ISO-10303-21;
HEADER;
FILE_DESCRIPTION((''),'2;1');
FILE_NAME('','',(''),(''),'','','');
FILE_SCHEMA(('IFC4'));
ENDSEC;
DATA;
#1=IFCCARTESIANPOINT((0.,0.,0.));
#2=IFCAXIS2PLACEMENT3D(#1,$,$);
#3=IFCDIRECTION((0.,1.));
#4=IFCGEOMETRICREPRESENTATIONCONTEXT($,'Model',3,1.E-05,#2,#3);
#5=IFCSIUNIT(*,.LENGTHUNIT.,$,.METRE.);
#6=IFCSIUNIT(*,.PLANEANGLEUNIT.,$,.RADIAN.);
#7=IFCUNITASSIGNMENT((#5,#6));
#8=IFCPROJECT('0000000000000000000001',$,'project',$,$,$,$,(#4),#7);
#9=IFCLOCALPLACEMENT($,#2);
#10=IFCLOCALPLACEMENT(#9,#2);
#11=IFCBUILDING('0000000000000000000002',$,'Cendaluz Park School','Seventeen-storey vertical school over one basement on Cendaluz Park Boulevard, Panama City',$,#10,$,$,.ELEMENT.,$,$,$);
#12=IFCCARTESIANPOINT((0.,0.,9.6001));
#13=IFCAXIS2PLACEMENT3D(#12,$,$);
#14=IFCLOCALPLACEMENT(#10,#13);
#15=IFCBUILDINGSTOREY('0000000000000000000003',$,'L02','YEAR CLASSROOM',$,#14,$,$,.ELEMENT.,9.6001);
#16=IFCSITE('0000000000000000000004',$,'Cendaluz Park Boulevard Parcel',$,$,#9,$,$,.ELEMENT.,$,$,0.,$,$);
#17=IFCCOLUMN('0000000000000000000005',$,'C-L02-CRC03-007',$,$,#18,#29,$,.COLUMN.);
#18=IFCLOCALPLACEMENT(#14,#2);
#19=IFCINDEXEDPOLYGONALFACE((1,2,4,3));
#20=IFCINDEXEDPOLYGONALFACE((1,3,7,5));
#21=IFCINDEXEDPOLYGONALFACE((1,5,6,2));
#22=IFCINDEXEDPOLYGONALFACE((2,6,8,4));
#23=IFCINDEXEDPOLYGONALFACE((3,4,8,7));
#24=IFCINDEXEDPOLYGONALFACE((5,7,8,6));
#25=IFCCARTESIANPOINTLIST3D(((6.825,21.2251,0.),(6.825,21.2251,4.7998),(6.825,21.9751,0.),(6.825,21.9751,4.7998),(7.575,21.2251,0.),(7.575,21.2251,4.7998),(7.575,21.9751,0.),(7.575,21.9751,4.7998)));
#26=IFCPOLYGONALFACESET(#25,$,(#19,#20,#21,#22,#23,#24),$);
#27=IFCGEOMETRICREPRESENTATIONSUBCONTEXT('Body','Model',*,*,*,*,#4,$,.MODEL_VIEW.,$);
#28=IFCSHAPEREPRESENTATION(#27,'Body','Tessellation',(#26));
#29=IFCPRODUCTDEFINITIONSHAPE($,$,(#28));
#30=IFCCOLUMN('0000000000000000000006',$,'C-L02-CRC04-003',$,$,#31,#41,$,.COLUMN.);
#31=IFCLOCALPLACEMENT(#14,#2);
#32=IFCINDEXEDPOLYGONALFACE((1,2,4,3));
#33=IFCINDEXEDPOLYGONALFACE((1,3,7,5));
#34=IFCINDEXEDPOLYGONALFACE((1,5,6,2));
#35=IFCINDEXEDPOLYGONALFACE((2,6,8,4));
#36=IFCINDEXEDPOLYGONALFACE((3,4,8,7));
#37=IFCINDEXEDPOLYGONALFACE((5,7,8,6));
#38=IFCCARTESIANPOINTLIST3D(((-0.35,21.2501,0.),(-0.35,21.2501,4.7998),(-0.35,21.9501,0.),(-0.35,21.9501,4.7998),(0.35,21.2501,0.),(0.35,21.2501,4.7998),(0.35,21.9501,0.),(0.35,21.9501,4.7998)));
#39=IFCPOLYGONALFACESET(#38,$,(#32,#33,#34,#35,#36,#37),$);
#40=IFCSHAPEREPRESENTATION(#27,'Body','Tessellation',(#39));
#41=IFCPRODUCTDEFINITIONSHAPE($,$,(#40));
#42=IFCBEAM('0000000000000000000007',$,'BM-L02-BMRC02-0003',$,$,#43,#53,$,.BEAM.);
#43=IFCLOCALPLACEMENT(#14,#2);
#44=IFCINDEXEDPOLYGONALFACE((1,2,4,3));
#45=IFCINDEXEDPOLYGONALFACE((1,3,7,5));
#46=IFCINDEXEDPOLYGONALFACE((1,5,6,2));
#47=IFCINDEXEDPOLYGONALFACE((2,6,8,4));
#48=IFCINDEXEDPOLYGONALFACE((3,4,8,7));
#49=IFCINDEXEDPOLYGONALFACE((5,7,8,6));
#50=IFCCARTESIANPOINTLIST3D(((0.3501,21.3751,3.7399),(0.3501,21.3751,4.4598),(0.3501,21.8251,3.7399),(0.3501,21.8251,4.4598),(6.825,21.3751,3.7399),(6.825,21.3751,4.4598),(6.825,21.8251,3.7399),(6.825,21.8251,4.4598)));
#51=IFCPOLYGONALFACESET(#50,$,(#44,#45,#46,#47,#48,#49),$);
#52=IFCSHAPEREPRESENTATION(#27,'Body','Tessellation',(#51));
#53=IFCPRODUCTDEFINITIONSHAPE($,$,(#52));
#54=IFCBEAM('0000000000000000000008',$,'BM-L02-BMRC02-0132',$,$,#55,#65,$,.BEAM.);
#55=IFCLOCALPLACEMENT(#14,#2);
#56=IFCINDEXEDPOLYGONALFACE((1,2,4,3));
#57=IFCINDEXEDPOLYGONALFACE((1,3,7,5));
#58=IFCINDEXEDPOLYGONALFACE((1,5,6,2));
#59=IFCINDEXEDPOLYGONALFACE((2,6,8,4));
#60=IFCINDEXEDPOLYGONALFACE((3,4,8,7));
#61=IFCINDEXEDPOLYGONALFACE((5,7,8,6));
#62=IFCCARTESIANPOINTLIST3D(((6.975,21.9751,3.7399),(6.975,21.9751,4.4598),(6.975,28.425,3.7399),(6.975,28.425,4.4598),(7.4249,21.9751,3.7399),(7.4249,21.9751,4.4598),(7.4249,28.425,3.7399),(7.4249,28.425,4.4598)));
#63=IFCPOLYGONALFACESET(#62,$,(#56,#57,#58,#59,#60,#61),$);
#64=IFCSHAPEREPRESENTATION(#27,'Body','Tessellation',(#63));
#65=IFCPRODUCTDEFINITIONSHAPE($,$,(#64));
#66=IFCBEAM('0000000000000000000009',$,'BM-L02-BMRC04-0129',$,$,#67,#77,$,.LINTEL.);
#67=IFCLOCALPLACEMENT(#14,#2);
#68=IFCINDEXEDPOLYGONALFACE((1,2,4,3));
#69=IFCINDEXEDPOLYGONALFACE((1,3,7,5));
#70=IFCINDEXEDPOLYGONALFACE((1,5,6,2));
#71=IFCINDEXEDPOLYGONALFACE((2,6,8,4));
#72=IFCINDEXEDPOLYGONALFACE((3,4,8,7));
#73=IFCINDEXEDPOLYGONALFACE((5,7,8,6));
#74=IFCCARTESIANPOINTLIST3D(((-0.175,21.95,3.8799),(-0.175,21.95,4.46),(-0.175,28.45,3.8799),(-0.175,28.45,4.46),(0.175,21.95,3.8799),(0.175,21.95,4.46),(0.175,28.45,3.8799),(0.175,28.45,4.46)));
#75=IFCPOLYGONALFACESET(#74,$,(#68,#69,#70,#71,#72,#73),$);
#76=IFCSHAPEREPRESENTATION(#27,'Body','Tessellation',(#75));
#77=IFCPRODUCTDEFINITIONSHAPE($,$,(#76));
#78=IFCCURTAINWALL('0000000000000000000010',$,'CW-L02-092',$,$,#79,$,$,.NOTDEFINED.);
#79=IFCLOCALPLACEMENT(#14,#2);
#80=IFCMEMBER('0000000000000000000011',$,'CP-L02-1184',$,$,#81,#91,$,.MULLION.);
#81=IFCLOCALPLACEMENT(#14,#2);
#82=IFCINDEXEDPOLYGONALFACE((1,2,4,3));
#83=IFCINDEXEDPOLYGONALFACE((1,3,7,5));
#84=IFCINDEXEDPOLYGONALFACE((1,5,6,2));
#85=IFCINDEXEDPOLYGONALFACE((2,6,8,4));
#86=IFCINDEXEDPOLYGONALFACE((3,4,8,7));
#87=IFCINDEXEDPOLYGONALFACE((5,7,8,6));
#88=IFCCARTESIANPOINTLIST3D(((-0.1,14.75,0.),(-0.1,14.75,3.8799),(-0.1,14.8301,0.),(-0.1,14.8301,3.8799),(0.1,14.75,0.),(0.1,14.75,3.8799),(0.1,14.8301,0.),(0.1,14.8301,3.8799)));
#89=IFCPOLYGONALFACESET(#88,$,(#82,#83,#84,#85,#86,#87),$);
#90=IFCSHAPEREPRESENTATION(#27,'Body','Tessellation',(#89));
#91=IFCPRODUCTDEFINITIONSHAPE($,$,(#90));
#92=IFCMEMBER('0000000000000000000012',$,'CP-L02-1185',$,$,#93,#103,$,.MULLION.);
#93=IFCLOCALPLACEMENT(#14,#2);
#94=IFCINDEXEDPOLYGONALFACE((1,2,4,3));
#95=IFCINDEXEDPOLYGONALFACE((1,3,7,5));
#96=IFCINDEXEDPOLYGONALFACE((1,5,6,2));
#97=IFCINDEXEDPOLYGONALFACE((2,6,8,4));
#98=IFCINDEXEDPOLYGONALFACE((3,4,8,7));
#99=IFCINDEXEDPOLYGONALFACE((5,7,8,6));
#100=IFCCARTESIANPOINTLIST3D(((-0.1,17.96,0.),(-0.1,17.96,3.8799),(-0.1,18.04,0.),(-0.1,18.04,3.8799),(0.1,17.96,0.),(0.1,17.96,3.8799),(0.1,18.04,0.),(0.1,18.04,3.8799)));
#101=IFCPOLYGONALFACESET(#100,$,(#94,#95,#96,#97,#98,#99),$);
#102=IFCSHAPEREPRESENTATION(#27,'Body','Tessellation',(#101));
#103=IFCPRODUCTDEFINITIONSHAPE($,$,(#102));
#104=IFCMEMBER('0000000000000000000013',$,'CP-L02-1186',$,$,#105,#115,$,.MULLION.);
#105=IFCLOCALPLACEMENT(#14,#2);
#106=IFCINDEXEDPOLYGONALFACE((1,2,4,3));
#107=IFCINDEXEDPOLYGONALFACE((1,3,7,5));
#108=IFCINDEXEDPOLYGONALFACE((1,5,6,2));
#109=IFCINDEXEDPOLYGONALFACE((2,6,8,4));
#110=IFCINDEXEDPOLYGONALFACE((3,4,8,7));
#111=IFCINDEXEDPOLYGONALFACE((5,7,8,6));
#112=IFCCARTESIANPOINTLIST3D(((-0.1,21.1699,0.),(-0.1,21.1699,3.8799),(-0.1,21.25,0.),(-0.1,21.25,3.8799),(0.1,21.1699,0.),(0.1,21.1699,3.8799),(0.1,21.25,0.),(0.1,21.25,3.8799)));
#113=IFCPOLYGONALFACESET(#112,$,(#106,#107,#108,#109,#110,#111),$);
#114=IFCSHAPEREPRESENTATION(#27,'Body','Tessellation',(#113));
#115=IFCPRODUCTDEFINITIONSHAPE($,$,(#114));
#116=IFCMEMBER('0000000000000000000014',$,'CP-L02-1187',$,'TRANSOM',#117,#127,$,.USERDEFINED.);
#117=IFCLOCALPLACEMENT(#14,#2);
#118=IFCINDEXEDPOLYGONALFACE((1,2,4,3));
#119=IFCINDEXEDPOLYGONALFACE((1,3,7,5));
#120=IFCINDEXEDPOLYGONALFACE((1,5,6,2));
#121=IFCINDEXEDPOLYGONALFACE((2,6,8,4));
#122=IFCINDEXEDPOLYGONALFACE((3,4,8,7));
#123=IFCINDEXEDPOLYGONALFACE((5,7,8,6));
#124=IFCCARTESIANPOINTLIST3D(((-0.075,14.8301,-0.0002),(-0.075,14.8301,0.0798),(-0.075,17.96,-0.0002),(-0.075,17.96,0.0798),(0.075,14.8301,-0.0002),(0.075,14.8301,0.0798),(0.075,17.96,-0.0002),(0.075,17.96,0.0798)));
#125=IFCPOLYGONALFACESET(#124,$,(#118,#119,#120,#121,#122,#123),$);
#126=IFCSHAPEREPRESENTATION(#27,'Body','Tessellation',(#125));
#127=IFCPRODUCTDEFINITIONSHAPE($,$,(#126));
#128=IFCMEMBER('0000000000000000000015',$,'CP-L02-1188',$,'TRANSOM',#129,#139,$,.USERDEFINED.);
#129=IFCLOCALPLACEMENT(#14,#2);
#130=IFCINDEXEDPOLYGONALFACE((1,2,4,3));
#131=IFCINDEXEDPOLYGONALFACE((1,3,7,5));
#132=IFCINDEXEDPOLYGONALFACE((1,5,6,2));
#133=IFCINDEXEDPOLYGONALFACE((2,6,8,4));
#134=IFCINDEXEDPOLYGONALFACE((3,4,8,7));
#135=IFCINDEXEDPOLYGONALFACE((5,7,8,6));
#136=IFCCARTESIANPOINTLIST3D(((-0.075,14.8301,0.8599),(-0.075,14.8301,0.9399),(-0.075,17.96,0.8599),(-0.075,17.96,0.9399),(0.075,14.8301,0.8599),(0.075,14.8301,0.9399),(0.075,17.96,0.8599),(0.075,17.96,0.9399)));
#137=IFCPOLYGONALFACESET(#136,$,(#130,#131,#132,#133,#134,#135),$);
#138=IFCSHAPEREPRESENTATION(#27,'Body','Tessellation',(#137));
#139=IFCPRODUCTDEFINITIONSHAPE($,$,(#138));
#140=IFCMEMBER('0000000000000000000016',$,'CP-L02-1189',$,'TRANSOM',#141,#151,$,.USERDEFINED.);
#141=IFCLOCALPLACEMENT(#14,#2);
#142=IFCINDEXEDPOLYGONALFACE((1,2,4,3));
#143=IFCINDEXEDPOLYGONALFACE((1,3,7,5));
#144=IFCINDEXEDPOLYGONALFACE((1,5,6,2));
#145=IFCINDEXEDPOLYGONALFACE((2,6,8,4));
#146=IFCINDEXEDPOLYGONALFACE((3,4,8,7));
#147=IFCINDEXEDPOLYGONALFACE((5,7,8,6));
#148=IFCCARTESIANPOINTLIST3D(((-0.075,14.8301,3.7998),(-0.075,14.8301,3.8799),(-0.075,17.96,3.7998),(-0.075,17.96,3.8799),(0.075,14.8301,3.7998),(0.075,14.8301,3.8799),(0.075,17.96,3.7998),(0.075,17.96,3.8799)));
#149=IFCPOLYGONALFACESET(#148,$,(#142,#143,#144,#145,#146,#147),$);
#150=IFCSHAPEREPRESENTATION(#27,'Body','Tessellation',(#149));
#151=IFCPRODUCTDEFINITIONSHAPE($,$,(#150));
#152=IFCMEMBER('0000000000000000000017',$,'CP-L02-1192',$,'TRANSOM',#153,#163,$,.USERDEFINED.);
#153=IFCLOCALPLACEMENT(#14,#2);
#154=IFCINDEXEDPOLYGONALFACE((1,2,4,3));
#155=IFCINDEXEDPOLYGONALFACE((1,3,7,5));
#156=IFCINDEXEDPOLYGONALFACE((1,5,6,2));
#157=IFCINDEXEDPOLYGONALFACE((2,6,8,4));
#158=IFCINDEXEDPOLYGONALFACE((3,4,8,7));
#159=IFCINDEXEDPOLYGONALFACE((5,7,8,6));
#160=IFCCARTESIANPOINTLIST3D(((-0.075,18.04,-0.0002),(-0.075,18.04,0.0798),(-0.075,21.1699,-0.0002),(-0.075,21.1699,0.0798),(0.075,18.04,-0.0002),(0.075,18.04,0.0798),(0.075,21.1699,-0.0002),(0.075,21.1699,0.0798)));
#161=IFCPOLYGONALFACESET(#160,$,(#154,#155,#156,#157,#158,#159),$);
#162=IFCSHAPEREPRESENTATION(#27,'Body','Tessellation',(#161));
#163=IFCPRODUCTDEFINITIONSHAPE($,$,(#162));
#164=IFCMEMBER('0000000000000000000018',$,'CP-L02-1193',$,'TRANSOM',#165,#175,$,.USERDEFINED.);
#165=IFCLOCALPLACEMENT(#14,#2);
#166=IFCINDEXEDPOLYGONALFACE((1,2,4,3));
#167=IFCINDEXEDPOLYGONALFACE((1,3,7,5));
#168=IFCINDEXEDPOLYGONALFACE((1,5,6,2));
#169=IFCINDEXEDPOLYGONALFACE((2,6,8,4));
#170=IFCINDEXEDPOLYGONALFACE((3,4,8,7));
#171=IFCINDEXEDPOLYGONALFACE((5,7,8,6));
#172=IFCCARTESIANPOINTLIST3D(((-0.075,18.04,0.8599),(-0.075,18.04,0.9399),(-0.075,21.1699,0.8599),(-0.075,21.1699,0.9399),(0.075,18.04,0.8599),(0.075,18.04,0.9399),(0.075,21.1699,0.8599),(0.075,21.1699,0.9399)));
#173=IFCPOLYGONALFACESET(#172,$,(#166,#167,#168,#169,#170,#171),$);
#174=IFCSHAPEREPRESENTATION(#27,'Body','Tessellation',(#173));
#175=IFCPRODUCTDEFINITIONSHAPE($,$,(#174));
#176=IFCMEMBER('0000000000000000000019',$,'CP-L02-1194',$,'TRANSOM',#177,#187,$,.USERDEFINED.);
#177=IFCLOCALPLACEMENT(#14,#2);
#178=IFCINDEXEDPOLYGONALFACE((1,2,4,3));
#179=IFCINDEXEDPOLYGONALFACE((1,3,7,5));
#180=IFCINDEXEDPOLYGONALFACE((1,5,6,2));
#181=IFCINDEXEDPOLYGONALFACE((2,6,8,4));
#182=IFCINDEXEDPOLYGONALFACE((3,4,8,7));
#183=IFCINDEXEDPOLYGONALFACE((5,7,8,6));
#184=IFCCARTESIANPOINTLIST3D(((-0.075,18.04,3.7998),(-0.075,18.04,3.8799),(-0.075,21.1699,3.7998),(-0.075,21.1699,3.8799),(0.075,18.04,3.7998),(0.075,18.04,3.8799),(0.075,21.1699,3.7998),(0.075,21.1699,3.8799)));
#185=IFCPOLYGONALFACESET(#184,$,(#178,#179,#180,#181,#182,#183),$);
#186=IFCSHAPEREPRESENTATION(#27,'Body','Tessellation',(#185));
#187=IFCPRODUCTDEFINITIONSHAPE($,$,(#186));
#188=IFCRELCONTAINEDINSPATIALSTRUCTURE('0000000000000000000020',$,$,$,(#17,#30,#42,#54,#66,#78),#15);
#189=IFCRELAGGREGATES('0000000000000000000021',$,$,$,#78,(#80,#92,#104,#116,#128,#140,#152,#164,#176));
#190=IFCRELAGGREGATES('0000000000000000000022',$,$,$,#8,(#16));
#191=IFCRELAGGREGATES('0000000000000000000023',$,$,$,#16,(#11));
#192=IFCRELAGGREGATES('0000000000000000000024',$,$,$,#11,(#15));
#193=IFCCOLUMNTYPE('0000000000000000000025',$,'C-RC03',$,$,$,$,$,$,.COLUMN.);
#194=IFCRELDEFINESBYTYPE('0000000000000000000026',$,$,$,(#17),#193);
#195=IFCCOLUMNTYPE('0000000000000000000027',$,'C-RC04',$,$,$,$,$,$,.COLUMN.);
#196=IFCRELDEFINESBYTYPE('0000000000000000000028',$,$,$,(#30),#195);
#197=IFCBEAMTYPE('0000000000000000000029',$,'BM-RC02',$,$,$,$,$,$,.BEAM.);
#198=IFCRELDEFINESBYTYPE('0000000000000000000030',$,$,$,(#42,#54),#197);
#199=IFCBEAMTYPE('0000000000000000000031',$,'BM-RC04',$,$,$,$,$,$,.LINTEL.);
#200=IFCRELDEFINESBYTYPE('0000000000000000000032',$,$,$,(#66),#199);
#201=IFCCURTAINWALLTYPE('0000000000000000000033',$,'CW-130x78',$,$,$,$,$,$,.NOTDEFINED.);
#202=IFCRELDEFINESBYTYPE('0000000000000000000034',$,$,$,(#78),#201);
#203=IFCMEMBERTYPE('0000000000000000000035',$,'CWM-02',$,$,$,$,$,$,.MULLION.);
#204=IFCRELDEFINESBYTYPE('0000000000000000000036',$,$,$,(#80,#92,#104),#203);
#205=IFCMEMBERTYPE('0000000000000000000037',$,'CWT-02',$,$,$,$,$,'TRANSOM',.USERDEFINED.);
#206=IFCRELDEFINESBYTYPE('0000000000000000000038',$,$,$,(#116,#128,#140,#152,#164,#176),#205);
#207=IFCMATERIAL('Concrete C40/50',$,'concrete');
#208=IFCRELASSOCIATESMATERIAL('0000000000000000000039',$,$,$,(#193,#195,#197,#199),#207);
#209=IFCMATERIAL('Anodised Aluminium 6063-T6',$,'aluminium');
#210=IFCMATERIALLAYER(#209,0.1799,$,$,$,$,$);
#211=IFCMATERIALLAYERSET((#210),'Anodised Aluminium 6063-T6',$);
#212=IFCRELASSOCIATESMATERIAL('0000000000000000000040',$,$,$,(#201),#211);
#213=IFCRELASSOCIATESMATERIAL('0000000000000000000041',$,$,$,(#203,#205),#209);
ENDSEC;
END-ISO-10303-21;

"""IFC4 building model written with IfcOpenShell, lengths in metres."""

from ifc_helpers import new_model, si_unit, direction, frame, origin, origin_2d, place, context, subcontext, project, spatial, rectangle, extrude, material, layer, layer_set, material_profile, profile_set, type_object, element, aggregate, save


model = new_model("IFC4")

# Units and contexts
model_context = context("Model", 3, precision=1e-05, world=origin(), true_north=direction((0.0, 1.0)))
body_context = subcontext(model_context, "Body", "Model", "MODEL_VIEW")
ifc_project = project(units=[si_unit("LENGTHUNIT", "METRE"), si_unit("PLANEANGLEUNIT", "RADIAN")], contexts=[model_context])

# Site, building, storey
site_placement = place(None, origin())
site = spatial("IfcSite", under=ifc_project, at=site_placement, Name="Cendaluz Park Boulevard Parcel", CompositionType="ELEMENT", RefElevation=0.0)
building_placement = place(site_placement, origin())
building = spatial("IfcBuilding", under=site, at=building_placement, Name="Cendaluz Park School", Description="Seventeen-storey vertical school over one basement on Cendaluz Park Boulevard, Panama City", CompositionType="ELEMENT")
storey_placement = place(building_placement, frame((0.0, 0.0, 9.6001)))
storey = spatial("IfcBuildingStorey", under=building, at=storey_placement, Name="L02", Description="YEAR CLASSROOM", CompositionType="ELEMENT", Elevation=9.6001)

# Columns
ifc_material_1 = material(Name="Concrete C40/50", Category="concrete")
ifc_material_profile_1 = material_profile(ifc_material_1, rectangle(XDim=0.75, YDim=0.75, at=origin_2d()), Name="RC 750x750", Category="concrete")
ifc_profile_set_1 = profile_set([ifc_material_profile_1], Name="Concrete C40/50")
column_type_1 = type_object("IfcColumnType", Name="C-RC03", PredefinedType="COLUMN", material=ifc_profile_set_1)
column_1_placement = place(storey_placement, frame((7.2, 21.6001, 0.0), z_axis=(0.0, 0.0, 1.0), x_axis=(1.0, 0.0, 0.0)))
element("IfcColumn", 1, at=column_1_placement, inside=storey, type_object=column_type_1, Name="C-L02-CRC03-007", PredefinedType="COLUMN", context=body_context, shape_type="SweptSolid", body=[
    extrude(rectangle(XDim=0.75, YDim=0.75, at=origin_2d()), origin(), (0.0, 0.0, 1.0), 4.7998),
])
ifc_material_profile_2 = material_profile(ifc_material_1, rectangle(XDim=0.7, YDim=0.7, at=origin_2d()), Name="RC 700x700", Category="concrete")
ifc_profile_set_2 = profile_set([ifc_material_profile_2], Name="Concrete C40/50")
column_type_2 = type_object("IfcColumnType", Name="C-RC04", PredefinedType="COLUMN", material=ifc_profile_set_2)
column_2_placement = place(storey_placement, frame((0.0, 21.6001, 0.0), z_axis=(0.0, 0.0, 1.0), x_axis=(1.0, 0.0, 0.0)))
element("IfcColumn", 2, at=column_2_placement, inside=storey, type_object=column_type_2, Name="C-L02-CRC04-003", PredefinedType="COLUMN", context=body_context, shape_type="SweptSolid", body=[
    extrude(rectangle(XDim=0.7, YDim=0.7, at=origin_2d()), origin(), (0.0, 0.0, 1.0), 4.7998),
])

# Beams
ifc_material_profile_3 = material_profile(ifc_material_1, rectangle(XDim=0.45, YDim=0.72, at=origin_2d()), Name="RC 450x720", Category="concrete")
ifc_profile_set_3 = profile_set([ifc_material_profile_3], Name="Concrete C40/50")
beam_type_1 = type_object("IfcBeamType", Name="BM-RC02", PredefinedType="BEAM", material=ifc_profile_set_3)
beam_1_placement = place(storey_placement, frame((0.3501, 21.6001, 4.0999), z_axis=(1.0, 0.0, 0.0), x_axis=(0.0, 1.0, 0.0)))
element("IfcBeam", 3, at=beam_1_placement, inside=storey, type_object=beam_type_1, Name="BM-L02-BMRC02-0003", PredefinedType="BEAM", context=body_context, shape_type="SweptSolid", body=[
    extrude(rectangle(XDim=0.45, YDim=0.72, at=origin_2d()), origin(), (0.0, 0.0, 1.0), 6.4749),
])
beam_2_placement = place(storey_placement, frame((7.2, 21.9751, 4.0999), z_axis=(0.0, 1.0, 0.0), x_axis=(-1.0, 0.0, 0.0)))
element("IfcBeam", 4, at=beam_2_placement, inside=storey, type_object=beam_type_1, Name="BM-L02-BMRC02-0132", PredefinedType="BEAM", context=body_context, shape_type="SweptSolid", body=[
    extrude(rectangle(XDim=0.45, YDim=0.72, at=origin_2d()), origin(), (0.0, 0.0, 1.0), 6.45),
])
ifc_material_profile_4 = material_profile(ifc_material_1, rectangle(XDim=0.3501, YDim=0.5801, at=origin_2d()), Name="RC 350x580", Category="concrete")
ifc_profile_set_4 = profile_set([ifc_material_profile_4], Name="Concrete C40/50")
beam_type_2 = type_object("IfcBeamType", Name="BM-RC04", PredefinedType="LINTEL", material=ifc_profile_set_4)
beam_3_placement = place(storey_placement, frame((0.0, 21.95, 4.1699), z_axis=(0.0, 1.0, 0.0), x_axis=(-1.0, 0.0, 0.0)))
element("IfcBeam", 5, at=beam_3_placement, inside=storey, type_object=beam_type_2, Name="BM-L02-BMRC04-0129", PredefinedType="LINTEL", context=body_context, shape_type="SweptSolid", body=[
    extrude(rectangle(XDim=0.3501, YDim=0.5801, at=origin_2d()), origin(), (0.0, 0.0, 1.0), 6.5),
])

# Curtain wall, members
ifc_material_2 = material(Name="Anodised Aluminium 6063-T6", Category="aluminium")
ifc_layer_1 = layer(ifc_material_2, 0.1799)
ifc_layer_set_1 = layer_set([ifc_layer_1], Name="Anodised Aluminium 6063-T6")
curtain_wall_type = type_object("IfcCurtainWallType", Name="CW-130x78", PredefinedType="NOTDEFINED", material=ifc_layer_set_1)
curtain_wall_placement = place(storey_placement, origin())
curtain_wall = element("IfcCurtainWall", 6, at=curtain_wall_placement, inside=storey, type_object=curtain_wall_type, Name="CW-L02-092", PredefinedType="NOTDEFINED")
ifc_material_profile_5 = material_profile(ifc_material_2, rectangle(XDim=0.2, YDim=0.0801, at=origin_2d()), Name="CWM 200x80", Category="aluminium")
ifc_profile_set_5 = profile_set([ifc_material_profile_5], Name="Anodised Aluminium 6063-T6")
member_type_1 = type_object("IfcMemberType", Name="CWM-02", PredefinedType="MULLION", material=ifc_profile_set_5)
member_1_placement = place(storey_placement, frame((0.0, 14.79, 0.0), z_axis=(0.0, 0.0, 1.0), x_axis=(-1.0, 0.0, 0.0)))
member_1 = element("IfcMember", 7, at=member_1_placement, type_object=member_type_1, Name="CP-L02-1184", PredefinedType="MULLION", context=body_context, shape_type="SweptSolid", body=[
    extrude(rectangle(XDim=0.2, YDim=0.0801, at=origin_2d()), origin(), (0.0, 0.0, 1.0), 3.8799),
])
member_2_placement = place(storey_placement, frame((0.0, 18.0, 0.0), z_axis=(0.0, 0.0, 1.0), x_axis=(-1.0, 0.0, 0.0)))
member_2 = element("IfcMember", 8, at=member_2_placement, type_object=member_type_1, Name="CP-L02-1185", PredefinedType="MULLION", context=body_context, shape_type="SweptSolid", body=[
    extrude(rectangle(XDim=0.2, YDim=0.0801, at=origin_2d()), origin(), (0.0, 0.0, 1.0), 3.8799),
])
member_3_placement = place(storey_placement, frame((0.0, 21.21, 0.0), z_axis=(0.0, 0.0, 1.0), x_axis=(-1.0, 0.0, 0.0)))
member_3 = element("IfcMember", 9, at=member_3_placement, type_object=member_type_1, Name="CP-L02-1186", PredefinedType="MULLION", context=body_context, shape_type="SweptSolid", body=[
    extrude(rectangle(XDim=0.2, YDim=0.0801, at=origin_2d()), origin(), (0.0, 0.0, 1.0), 3.8799),
])
ifc_material_profile_6 = material_profile(ifc_material_2, rectangle(XDim=0.1499, YDim=0.0801, at=origin_2d()), Name="CWT 150x80", Category="aluminium")
ifc_profile_set_6 = profile_set([ifc_material_profile_6], Name="Anodised Aluminium 6063-T6")
member_type_2 = type_object("IfcMemberType", Name="CWT-02", ElementType="TRANSOM", PredefinedType="USERDEFINED", material=ifc_profile_set_6)
member_4_placement = place(storey_placement, frame((0.0, 14.8301, 0.0398), z_axis=(0.0, 1.0, 0.0), x_axis=(-1.0, 0.0, 0.0)))
member_4 = element("IfcMember", 10, at=member_4_placement, type_object=member_type_2, Name="CP-L02-1187", ObjectType="TRANSOM", PredefinedType="USERDEFINED", context=body_context, shape_type="SweptSolid", body=[
    extrude(rectangle(XDim=0.1499, YDim=0.0801, at=origin_2d()), origin(), (0.0, 0.0, 1.0), 3.1299),
])
member_5_placement = place(storey_placement, frame((0.0, 14.8301, 0.8999), z_axis=(0.0, 1.0, 0.0), x_axis=(-1.0, 0.0, 0.0)))
member_5 = element("IfcMember", 11, at=member_5_placement, type_object=member_type_2, Name="CP-L02-1188", ObjectType="TRANSOM", PredefinedType="USERDEFINED", context=body_context, shape_type="SweptSolid", body=[
    extrude(rectangle(XDim=0.1499, YDim=0.0801, at=origin_2d()), origin(), (0.0, 0.0, 1.0), 3.1299),
])
member_6_placement = place(storey_placement, frame((0.0, 14.8301, 3.8398), z_axis=(0.0, 1.0, 0.0), x_axis=(-1.0, 0.0, 0.0)))
member_6 = element("IfcMember", 12, at=member_6_placement, type_object=member_type_2, Name="CP-L02-1189", ObjectType="TRANSOM", PredefinedType="USERDEFINED", context=body_context, shape_type="SweptSolid", body=[
    extrude(rectangle(XDim=0.1499, YDim=0.0801, at=origin_2d()), origin(), (0.0, 0.0, 1.0), 3.1299),
])
member_7_placement = place(storey_placement, frame((0.0, 18.04, 0.0398), z_axis=(0.0, 1.0, 0.0), x_axis=(-1.0, 0.0, 0.0)))
member_7 = element("IfcMember", 13, at=member_7_placement, type_object=member_type_2, Name="CP-L02-1192", ObjectType="TRANSOM", PredefinedType="USERDEFINED", context=body_context, shape_type="SweptSolid", body=[
    extrude(rectangle(XDim=0.1499, YDim=0.0801, at=origin_2d()), origin(), (0.0, 0.0, 1.0), 3.1299),
])
member_8_placement = place(storey_placement, frame((0.0, 18.04, 0.8999), z_axis=(0.0, 1.0, 0.0), x_axis=(-1.0, 0.0, 0.0)))
member_8 = element("IfcMember", 14, at=member_8_placement, type_object=member_type_2, Name="CP-L02-1193", ObjectType="TRANSOM", PredefinedType="USERDEFINED", context=body_context, shape_type="SweptSolid", body=[
    extrude(rectangle(XDim=0.1499, YDim=0.0801, at=origin_2d()), origin(), (0.0, 0.0, 1.0), 3.1299),
])
member_9_placement = place(storey_placement, frame((0.0, 18.04, 3.8398), z_axis=(0.0, 1.0, 0.0), x_axis=(-1.0, 0.0, 0.0)))
member_9 = element("IfcMember", 15, at=member_9_placement, type_object=member_type_2, Name="CP-L02-1194", ObjectType="TRANSOM", PredefinedType="USERDEFINED", context=body_context, shape_type="SweptSolid", body=[
    extrude(rectangle(XDim=0.1499, YDim=0.0801, at=origin_2d()), origin(), (0.0, 0.0, 1.0), 3.1299),
])
aggregate(curtain_wall, [member_1, member_2, member_3, member_4, member_5, member_6, member_7, member_8, member_9])

save(model, "model.ifc")
